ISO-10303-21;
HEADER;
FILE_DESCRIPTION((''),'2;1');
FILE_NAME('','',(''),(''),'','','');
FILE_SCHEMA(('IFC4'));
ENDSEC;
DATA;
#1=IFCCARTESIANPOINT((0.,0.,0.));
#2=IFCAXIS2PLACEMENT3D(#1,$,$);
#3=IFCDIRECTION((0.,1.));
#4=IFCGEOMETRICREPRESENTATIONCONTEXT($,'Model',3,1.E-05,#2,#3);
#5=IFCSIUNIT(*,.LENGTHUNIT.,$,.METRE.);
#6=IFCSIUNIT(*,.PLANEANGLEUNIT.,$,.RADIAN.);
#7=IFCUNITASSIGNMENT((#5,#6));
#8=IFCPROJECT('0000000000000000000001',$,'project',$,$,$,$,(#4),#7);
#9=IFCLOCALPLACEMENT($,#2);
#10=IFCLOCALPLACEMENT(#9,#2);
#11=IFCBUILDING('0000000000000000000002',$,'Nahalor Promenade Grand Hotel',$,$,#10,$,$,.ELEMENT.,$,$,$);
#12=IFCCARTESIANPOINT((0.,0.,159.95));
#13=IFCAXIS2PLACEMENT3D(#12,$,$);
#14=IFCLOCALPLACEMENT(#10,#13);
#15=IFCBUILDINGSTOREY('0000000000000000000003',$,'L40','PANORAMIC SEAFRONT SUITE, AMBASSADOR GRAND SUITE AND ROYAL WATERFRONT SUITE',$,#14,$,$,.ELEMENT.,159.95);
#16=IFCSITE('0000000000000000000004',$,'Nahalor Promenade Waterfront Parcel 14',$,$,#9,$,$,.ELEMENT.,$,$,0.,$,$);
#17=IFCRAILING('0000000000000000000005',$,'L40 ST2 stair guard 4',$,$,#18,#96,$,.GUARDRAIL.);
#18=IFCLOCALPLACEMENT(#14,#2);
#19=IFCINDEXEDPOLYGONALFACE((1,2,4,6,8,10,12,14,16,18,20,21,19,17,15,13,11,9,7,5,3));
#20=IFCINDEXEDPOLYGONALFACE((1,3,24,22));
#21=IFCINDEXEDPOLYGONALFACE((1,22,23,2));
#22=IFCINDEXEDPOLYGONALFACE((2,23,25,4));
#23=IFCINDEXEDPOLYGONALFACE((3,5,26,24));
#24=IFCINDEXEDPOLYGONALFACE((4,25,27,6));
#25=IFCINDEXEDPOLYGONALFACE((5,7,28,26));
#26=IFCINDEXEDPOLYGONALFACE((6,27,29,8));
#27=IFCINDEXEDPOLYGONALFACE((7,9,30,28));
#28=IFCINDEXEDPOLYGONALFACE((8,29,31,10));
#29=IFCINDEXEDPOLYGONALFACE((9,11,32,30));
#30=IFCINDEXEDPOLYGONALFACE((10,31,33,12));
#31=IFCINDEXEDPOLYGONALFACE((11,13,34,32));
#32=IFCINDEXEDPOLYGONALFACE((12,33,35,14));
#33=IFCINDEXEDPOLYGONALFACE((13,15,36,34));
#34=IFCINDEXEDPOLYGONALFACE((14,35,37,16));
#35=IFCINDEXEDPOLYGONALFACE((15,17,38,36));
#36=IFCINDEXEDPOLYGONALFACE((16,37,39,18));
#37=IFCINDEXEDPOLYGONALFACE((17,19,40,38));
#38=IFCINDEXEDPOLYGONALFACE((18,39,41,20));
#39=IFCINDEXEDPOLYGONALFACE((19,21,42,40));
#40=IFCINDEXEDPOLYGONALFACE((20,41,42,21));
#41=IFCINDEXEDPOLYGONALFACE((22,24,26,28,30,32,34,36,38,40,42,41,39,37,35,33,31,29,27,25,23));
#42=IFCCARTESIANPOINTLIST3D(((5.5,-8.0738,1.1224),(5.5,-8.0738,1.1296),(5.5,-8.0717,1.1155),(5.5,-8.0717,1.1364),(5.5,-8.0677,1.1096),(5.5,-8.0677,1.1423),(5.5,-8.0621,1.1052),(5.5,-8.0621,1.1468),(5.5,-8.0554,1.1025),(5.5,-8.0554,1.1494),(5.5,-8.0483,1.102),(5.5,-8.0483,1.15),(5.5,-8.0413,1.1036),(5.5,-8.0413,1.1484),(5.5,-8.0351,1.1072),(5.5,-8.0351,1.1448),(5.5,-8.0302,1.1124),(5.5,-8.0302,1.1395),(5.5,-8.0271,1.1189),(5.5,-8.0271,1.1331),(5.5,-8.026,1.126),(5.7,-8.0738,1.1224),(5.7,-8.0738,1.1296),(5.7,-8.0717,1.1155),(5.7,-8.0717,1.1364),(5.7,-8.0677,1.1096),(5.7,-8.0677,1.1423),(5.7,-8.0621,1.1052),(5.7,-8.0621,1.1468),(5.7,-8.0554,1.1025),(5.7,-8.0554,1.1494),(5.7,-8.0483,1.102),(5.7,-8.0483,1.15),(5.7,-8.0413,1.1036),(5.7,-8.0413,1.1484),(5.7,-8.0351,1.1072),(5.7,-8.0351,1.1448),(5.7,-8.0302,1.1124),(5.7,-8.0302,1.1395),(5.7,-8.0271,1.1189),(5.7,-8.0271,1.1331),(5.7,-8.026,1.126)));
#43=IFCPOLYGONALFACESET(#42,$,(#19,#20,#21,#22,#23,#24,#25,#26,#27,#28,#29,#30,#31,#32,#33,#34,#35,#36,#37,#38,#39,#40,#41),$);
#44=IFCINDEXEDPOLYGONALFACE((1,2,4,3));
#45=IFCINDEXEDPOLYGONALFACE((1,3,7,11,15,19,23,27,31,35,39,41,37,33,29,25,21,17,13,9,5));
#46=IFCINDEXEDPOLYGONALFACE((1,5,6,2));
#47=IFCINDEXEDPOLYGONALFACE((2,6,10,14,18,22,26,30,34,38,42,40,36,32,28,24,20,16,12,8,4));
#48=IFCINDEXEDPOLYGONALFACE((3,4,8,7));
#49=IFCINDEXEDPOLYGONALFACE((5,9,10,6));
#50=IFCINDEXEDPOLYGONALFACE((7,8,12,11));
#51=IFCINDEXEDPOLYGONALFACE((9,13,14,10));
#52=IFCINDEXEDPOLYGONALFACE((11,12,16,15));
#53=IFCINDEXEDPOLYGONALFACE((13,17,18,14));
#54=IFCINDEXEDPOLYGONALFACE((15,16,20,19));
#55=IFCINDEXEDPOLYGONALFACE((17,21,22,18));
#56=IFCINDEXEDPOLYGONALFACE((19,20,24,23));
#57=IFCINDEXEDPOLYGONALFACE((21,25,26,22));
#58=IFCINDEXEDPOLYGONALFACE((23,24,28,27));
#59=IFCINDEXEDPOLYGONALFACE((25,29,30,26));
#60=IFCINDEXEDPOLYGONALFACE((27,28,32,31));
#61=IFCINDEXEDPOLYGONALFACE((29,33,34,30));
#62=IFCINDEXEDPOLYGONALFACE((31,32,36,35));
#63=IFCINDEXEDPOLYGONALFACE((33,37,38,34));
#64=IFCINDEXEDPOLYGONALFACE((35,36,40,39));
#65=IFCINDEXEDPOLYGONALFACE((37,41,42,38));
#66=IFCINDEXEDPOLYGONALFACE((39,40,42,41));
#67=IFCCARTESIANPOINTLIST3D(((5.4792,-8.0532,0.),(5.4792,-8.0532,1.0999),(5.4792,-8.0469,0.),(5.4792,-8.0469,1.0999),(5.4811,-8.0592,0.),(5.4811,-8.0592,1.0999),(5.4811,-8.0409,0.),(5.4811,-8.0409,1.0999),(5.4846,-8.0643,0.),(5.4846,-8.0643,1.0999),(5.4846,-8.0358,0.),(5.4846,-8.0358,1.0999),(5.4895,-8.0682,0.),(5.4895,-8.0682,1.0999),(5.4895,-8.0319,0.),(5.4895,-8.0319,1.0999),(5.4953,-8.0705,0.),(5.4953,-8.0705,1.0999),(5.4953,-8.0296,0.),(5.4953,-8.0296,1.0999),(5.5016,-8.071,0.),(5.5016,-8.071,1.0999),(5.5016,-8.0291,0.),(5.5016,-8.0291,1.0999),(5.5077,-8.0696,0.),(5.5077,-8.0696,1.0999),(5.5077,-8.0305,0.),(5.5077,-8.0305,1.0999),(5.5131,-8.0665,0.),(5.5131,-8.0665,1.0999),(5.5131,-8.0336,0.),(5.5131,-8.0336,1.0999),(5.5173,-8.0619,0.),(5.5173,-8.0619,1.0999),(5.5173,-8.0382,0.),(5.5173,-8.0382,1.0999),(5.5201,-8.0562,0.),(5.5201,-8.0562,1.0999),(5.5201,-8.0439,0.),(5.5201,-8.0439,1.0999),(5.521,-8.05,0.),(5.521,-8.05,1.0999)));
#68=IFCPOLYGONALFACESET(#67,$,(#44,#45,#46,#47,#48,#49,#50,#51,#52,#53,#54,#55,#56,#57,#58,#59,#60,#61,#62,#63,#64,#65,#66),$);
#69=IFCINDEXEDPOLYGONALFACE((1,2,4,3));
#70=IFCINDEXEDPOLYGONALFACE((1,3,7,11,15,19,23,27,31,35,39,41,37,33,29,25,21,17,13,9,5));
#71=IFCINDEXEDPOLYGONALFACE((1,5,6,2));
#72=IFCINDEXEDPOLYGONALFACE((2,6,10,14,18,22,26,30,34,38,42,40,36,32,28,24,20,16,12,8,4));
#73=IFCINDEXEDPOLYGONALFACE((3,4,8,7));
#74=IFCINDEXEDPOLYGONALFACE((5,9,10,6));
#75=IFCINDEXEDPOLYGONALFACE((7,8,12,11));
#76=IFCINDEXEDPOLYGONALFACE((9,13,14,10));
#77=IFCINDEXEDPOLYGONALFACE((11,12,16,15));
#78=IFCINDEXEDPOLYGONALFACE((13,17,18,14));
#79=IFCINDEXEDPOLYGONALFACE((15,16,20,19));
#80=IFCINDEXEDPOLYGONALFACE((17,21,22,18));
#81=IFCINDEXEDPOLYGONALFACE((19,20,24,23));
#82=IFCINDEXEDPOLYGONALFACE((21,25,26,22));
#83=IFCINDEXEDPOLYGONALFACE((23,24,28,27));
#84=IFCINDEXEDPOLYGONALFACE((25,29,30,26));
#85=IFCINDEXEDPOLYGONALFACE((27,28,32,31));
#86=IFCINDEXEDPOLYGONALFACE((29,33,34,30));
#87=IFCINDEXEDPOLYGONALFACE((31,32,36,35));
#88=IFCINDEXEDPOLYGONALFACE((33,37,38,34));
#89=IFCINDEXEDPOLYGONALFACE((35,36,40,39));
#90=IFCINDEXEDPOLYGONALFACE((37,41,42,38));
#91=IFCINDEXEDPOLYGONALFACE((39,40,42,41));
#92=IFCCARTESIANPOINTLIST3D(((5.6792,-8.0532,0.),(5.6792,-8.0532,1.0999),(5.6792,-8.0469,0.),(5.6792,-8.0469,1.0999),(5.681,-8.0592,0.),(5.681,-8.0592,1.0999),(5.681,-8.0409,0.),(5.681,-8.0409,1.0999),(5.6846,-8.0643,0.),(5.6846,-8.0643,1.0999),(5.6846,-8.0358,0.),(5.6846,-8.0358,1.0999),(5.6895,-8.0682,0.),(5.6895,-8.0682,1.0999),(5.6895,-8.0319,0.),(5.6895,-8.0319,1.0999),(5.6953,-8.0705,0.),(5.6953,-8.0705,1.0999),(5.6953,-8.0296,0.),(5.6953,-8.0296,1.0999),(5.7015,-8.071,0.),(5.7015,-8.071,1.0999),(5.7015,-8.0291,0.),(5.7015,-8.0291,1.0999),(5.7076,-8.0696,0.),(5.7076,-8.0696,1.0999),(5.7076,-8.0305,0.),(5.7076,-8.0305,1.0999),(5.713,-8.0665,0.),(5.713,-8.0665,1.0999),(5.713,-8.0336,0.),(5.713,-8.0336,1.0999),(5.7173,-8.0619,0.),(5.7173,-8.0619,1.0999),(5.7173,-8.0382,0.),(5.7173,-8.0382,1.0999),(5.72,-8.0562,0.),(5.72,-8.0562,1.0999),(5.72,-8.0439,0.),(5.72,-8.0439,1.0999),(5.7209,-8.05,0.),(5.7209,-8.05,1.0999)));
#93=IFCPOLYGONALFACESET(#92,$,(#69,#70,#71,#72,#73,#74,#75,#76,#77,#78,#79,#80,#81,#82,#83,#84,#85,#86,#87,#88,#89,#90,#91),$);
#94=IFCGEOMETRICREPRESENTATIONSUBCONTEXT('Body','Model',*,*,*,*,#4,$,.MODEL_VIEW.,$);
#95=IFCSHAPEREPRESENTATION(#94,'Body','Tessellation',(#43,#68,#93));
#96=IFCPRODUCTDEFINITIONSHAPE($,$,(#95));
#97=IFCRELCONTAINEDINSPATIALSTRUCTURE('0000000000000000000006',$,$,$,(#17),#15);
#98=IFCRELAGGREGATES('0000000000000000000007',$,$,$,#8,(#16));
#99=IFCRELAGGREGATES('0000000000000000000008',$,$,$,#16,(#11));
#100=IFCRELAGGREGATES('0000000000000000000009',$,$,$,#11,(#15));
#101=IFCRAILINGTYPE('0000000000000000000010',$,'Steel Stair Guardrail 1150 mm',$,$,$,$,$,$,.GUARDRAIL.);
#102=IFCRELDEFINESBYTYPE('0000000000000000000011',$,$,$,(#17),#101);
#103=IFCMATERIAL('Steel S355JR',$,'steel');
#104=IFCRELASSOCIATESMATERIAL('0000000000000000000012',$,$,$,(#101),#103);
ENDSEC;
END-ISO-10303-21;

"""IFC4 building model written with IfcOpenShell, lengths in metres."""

from ifc_helpers import new_model, si_unit, direction, frame, origin, origin_2d, place, context, subcontext, project, spatial, circle, extrude, material, type_object, element, save


model = new_model("IFC4")

# Units and contexts
model_context = context("Model", 3, precision=1e-05, world=origin(), true_north=direction((0.0, 1.0)))
body_context = subcontext(model_context, "Body", "Model", "MODEL_VIEW")
ifc_project = project(units=[si_unit("LENGTHUNIT", "METRE"), si_unit("PLANEANGLEUNIT", "RADIAN")], contexts=[model_context])

# Site, building, storey
site_placement = place(None, origin())
site = spatial("IfcSite", under=ifc_project, at=site_placement, Name="Nahalor Promenade Waterfront Parcel 14", CompositionType="ELEMENT", RefElevation=0.0)
building_placement = place(site_placement, origin())
building = spatial("IfcBuilding", under=site, at=building_placement, Name="Nahalor Promenade Grand Hotel", CompositionType="ELEMENT")
storey_placement = place(building_placement, frame((0.0, 0.0, 159.95)))
storey = spatial("IfcBuildingStorey", under=building, at=storey_placement, Name="L40", Description="PANORAMIC SEAFRONT SUITE, AMBASSADOR GRAND SUITE AND ROYAL WATERFRONT SUITE", CompositionType="ELEMENT", Elevation=159.95)

# Shared definitions
ifc_material_1 = material(Name="Steel S355JR", Category="steel")

# Railing
railing_type_1 = type_object("IfcRailingType", Name="Steel Stair Guardrail 1150 mm", PredefinedType="GUARDRAIL", material=ifc_material_1)
railing_1_placement = place(storey_placement, frame((5.5, -8.05, 0.0)))
element("IfcRailing", 1, at=railing_1_placement, inside=storey, type_object=railing_type_1, Name="L40 ST2 stair guard 4", PredefinedType="GUARDRAIL", context=body_context, shape_type="SweptSolid", body=[
    extrude(circle(Radius=0.024, at=origin_2d()), frame((0.0, 0.0, 1.126), z_axis=(1.0, 0.0, 0.0), x_axis=(0.0, 1.0, 0.0)), (0.0, 0.0, 1.0), 0.2),
    extrude(circle(Radius=0.021, at=origin_2d()), origin(), (0.0, 0.0, 1.0), 1.0999),
    extrude(circle(Radius=0.021, at=origin_2d()), frame((0.2, 0.0, 0.0)), (0.0, 0.0, 1.0), 1.0999),
])

save(model, "model.ifc")
